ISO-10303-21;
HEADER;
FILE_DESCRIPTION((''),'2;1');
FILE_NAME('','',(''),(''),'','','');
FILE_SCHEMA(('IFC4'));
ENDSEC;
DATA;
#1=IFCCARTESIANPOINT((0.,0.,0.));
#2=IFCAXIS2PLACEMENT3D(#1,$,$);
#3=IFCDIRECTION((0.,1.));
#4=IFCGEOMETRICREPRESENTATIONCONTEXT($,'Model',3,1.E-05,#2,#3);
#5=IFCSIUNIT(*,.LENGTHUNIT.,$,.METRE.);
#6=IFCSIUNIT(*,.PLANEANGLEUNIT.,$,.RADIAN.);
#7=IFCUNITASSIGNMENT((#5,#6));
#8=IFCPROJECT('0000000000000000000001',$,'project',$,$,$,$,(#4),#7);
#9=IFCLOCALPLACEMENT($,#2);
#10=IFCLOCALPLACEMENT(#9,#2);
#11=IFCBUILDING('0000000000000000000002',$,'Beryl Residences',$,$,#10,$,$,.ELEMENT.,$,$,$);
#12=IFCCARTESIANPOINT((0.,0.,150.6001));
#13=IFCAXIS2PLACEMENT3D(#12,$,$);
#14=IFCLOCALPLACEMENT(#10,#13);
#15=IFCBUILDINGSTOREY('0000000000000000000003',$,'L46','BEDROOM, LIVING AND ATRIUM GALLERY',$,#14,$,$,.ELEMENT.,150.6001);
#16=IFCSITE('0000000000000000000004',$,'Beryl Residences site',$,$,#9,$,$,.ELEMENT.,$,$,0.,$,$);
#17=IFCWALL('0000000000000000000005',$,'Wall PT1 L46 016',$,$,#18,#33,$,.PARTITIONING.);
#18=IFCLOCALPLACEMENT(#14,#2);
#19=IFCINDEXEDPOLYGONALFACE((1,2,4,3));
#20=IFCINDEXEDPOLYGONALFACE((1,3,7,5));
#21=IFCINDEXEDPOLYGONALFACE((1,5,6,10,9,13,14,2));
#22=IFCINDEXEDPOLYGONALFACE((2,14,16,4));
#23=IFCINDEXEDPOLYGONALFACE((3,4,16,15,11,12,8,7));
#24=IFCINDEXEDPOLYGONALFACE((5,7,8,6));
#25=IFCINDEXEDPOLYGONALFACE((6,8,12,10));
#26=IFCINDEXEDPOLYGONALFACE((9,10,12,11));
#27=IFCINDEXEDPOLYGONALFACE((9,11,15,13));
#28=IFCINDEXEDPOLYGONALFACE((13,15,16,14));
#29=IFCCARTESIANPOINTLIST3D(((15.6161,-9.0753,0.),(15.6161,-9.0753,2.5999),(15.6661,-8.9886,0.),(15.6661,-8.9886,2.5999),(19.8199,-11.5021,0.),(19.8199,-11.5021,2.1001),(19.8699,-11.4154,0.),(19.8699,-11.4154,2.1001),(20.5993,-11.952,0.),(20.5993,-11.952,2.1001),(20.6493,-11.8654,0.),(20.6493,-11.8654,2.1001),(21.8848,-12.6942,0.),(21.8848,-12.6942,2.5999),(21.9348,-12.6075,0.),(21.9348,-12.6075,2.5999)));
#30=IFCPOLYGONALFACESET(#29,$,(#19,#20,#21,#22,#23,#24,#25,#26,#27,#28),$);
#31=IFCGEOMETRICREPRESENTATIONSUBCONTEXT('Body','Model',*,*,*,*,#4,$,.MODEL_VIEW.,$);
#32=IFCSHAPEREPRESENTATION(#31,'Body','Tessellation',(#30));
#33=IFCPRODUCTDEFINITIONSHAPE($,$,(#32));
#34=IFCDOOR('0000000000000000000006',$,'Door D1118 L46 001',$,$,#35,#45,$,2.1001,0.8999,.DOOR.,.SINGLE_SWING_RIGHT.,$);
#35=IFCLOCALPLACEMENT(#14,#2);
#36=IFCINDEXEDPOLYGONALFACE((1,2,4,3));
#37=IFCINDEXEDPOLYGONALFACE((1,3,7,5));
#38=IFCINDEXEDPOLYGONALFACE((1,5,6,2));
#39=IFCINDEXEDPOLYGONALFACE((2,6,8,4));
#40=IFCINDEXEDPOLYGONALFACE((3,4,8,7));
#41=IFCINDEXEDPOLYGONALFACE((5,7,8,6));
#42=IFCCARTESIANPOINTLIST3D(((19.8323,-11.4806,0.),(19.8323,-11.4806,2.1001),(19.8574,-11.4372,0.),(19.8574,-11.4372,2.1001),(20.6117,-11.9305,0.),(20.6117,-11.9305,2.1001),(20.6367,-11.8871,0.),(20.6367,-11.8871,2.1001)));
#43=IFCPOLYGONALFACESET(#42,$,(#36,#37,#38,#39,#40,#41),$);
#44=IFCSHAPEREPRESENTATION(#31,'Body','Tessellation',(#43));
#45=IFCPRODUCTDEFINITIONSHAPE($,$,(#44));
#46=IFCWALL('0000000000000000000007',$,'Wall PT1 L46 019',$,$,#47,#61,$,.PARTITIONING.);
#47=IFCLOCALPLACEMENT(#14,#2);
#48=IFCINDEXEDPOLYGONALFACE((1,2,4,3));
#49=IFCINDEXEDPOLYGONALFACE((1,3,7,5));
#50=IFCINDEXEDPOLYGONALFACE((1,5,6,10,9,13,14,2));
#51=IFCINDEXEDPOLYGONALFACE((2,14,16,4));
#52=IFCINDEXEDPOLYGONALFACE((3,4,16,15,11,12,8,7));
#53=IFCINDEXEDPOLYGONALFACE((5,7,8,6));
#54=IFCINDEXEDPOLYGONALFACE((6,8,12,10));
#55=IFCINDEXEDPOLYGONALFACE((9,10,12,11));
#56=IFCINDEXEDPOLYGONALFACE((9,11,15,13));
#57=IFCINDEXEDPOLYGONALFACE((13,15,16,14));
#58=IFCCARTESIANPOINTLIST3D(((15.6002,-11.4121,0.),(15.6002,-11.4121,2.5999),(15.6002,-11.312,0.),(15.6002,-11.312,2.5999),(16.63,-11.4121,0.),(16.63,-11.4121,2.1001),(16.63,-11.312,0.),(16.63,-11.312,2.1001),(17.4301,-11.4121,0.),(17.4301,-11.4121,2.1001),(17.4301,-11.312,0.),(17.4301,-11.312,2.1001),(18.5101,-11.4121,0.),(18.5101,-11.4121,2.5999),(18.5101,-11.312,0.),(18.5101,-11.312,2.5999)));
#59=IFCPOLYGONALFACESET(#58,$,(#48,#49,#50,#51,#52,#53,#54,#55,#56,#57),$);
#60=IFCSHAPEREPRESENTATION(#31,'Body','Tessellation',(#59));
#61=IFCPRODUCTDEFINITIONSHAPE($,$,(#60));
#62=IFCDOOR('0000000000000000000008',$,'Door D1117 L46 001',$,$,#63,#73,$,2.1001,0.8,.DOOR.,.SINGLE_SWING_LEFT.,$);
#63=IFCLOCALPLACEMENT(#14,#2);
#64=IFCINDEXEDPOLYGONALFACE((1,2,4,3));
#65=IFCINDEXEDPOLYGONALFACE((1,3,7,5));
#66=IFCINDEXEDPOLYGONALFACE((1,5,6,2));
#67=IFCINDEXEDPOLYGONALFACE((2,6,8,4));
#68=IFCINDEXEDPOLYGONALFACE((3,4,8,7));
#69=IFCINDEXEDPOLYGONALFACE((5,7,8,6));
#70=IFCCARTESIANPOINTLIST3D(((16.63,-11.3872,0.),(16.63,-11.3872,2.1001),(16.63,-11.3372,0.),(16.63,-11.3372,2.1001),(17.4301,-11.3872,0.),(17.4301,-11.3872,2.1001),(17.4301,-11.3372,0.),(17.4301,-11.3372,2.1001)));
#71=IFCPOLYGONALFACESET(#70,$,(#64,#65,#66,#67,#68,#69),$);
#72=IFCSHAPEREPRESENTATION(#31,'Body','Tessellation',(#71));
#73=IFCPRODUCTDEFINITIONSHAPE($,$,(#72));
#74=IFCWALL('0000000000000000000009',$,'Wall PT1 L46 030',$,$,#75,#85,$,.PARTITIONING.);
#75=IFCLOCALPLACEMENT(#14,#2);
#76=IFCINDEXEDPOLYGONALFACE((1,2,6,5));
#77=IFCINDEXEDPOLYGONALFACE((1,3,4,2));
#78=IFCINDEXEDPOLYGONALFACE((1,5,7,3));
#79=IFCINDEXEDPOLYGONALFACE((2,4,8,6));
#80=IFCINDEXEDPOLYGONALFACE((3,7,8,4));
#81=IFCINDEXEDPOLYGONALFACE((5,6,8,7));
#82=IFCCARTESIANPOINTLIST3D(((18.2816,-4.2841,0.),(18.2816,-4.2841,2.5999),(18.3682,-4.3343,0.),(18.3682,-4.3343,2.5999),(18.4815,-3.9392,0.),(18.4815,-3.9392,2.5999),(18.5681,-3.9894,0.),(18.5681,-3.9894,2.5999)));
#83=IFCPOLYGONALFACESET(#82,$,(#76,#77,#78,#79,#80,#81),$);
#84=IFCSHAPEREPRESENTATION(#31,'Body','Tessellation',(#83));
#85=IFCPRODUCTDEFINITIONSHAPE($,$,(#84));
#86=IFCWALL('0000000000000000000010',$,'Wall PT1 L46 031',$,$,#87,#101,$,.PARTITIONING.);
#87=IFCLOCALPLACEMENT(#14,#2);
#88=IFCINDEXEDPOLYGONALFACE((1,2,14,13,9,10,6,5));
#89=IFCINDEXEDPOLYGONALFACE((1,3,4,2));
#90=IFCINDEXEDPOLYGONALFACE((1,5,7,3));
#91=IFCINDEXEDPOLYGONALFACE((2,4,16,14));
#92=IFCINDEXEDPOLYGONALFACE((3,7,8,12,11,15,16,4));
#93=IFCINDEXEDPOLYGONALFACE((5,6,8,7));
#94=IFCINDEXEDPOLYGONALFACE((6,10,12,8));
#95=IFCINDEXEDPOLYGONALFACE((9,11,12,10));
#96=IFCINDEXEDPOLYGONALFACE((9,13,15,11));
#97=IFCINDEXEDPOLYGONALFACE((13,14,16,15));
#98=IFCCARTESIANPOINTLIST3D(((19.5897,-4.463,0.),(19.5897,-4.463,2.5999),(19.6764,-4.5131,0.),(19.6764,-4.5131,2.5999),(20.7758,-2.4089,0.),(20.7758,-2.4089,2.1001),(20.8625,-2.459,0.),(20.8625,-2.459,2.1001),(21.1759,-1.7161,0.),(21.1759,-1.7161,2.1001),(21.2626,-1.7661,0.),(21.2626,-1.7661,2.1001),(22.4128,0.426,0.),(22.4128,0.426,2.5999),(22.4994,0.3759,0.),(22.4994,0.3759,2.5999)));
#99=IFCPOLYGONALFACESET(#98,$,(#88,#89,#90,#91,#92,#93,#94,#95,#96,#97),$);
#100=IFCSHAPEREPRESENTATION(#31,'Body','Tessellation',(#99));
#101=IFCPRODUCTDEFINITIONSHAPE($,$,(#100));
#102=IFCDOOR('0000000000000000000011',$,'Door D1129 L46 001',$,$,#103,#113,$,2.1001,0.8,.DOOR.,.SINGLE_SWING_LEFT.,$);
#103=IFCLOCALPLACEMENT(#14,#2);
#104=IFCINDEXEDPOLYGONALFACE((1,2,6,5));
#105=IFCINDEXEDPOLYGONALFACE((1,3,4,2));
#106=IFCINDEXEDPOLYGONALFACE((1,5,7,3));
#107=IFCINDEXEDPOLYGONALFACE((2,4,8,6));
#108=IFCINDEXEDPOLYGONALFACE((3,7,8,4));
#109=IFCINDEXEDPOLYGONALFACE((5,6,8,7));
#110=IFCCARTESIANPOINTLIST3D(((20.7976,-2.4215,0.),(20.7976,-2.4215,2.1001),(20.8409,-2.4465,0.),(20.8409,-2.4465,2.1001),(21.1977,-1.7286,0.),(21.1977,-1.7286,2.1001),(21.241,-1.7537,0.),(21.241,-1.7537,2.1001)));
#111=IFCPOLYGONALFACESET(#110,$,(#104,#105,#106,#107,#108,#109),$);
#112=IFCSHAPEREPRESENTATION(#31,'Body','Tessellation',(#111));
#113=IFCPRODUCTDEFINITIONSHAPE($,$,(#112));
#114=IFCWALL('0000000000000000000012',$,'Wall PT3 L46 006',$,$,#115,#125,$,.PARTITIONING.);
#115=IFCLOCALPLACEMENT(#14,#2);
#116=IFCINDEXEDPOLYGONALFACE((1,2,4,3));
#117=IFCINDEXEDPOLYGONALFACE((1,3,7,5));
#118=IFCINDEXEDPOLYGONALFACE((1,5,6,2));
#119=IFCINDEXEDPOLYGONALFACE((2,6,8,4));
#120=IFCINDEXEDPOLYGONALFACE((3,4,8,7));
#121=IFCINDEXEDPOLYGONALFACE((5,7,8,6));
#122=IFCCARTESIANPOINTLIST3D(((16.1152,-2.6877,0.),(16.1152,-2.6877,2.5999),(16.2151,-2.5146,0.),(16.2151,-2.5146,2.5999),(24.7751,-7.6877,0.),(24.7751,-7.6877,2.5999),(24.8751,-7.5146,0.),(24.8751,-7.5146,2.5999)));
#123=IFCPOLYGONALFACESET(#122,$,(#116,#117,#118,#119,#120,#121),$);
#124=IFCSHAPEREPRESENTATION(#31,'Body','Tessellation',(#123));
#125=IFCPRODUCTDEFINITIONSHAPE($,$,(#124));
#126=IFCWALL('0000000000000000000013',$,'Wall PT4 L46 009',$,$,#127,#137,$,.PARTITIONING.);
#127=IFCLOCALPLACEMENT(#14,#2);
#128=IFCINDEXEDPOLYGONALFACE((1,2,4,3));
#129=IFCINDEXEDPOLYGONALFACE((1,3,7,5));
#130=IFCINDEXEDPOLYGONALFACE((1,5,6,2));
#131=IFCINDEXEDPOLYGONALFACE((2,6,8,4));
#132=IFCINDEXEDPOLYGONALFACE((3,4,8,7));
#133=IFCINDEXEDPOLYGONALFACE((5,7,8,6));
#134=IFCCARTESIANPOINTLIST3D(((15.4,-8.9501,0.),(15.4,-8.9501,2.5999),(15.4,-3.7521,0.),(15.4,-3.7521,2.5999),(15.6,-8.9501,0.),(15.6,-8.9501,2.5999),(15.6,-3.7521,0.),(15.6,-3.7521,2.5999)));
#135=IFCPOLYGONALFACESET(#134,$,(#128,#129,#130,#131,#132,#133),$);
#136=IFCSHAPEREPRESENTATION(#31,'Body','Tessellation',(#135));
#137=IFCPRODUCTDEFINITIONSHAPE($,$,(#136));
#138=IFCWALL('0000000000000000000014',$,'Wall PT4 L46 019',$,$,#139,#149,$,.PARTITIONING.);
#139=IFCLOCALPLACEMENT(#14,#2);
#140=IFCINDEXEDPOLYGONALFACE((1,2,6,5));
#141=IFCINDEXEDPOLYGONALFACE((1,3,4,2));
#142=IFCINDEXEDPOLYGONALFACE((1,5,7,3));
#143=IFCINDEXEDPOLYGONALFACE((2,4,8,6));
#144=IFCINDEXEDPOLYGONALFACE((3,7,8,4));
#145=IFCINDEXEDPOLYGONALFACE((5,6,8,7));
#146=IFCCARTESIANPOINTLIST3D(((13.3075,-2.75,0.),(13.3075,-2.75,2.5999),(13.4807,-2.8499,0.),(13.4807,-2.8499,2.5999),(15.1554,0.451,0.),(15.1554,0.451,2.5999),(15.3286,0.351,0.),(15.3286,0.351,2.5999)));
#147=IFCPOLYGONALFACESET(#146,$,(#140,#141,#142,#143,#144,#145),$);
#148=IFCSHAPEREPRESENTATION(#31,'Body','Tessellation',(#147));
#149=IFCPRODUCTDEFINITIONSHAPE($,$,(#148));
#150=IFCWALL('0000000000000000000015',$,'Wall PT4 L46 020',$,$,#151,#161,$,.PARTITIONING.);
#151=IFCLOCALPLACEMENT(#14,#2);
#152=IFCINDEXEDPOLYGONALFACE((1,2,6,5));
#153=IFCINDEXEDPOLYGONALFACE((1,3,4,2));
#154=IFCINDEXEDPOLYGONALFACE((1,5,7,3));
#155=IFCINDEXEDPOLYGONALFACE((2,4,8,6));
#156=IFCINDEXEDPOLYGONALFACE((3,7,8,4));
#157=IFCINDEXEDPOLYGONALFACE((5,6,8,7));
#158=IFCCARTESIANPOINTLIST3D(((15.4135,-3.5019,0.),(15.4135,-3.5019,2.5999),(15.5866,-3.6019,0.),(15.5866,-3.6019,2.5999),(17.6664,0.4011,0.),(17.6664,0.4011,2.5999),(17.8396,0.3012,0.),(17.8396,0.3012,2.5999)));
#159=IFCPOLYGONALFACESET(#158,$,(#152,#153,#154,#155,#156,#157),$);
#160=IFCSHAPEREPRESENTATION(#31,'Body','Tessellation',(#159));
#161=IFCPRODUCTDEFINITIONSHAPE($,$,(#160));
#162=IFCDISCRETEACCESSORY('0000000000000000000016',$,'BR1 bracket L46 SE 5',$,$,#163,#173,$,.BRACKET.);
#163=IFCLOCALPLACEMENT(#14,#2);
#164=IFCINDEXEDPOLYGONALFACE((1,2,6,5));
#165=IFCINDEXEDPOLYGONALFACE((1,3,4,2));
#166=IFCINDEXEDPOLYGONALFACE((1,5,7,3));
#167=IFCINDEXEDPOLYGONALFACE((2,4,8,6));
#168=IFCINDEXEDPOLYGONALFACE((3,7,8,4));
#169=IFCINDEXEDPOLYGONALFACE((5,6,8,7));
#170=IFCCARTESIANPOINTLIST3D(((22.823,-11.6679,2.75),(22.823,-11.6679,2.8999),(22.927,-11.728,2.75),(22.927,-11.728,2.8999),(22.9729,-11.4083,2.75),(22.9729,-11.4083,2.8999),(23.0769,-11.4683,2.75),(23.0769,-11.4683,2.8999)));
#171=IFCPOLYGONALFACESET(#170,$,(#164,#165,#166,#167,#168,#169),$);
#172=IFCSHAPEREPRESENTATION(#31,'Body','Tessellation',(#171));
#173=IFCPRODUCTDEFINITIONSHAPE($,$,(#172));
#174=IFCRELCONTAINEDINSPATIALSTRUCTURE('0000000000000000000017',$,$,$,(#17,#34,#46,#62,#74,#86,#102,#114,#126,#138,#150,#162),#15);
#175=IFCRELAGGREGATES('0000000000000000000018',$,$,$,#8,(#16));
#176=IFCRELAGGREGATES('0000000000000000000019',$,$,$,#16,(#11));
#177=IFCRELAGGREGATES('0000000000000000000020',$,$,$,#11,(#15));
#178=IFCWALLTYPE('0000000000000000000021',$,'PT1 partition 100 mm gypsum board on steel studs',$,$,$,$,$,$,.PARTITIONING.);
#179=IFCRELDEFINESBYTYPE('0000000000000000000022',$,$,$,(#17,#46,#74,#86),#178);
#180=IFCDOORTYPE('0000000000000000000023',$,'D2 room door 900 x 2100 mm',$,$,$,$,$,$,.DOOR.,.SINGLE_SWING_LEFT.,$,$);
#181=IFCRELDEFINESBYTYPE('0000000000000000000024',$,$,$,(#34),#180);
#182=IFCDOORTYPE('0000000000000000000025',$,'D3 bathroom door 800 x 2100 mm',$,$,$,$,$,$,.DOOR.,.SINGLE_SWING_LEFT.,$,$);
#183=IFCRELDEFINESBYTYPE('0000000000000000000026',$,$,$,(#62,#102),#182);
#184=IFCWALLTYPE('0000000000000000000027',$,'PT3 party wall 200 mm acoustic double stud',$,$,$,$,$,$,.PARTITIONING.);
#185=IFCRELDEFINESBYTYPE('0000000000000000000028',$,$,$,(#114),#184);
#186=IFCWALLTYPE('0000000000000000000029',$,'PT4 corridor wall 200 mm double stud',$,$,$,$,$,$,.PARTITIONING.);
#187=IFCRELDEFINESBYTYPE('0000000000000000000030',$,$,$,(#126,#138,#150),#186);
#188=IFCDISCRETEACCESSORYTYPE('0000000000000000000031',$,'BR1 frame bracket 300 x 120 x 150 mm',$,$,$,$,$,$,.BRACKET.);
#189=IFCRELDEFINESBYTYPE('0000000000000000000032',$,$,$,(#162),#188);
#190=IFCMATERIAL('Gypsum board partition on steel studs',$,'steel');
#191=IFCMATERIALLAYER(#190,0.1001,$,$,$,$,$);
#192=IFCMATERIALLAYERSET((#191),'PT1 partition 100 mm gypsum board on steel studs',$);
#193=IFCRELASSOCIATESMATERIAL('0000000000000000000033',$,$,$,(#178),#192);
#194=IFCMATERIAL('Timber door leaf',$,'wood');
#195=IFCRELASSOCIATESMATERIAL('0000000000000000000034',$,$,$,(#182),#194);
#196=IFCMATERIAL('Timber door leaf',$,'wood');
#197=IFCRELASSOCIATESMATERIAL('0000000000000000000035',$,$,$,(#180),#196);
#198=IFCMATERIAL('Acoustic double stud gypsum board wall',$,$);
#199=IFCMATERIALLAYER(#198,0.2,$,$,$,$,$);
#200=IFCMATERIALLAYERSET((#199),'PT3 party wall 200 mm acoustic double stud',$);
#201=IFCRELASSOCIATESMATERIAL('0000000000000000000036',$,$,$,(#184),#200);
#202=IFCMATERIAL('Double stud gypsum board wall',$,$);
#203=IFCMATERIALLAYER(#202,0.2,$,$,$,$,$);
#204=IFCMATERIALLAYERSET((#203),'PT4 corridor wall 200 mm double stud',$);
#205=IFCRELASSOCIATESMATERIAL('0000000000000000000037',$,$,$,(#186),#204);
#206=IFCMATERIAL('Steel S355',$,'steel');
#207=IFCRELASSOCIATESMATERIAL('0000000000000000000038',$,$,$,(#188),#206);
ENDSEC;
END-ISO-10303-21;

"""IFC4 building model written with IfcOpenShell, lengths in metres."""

from ifc_helpers import new_model, si_unit, direction, frame, frame_2d, origin, place, context, subcontext, project, spatial, polyline, rectangle, outline, extrude, source, transform, mapped, material, layer, layer_set, type_object, type_shapes, element, fill, save


model = new_model("IFC4")

# Units and contexts
model_context = context("Model", 3, precision=1e-05, world=origin(), true_north=direction((0.0, 1.0)))
body_context = subcontext(model_context, "Body", "Model", "MODEL_VIEW")
ifc_project = project(units=[si_unit("LENGTHUNIT", "METRE"), si_unit("PLANEANGLEUNIT", "RADIAN")], contexts=[model_context])

# Site, building, storey
site_placement = place(None, origin())
site = spatial("IfcSite", under=ifc_project, at=site_placement, Name="Beryl Residences site", CompositionType="ELEMENT", RefElevation=0.0)
building_placement = place(site_placement, origin())
building = spatial("IfcBuilding", under=site, at=building_placement, Name="Beryl Residences", CompositionType="ELEMENT")
storey_placement = place(building_placement, frame((0.0, 0.0, 150.6001)))
storey = spatial("IfcBuildingStorey", under=building, at=storey_placement, Name="L46", Description="BEDROOM, LIVING AND ATRIUM GALLERY", CompositionType="ELEMENT", Elevation=150.6001)

# Walls, openings, doors
ifc_material_1 = material(Name="Gypsum board partition on steel studs", Category="steel")
ifc_layer_1 = layer(ifc_material_1, 0.1001)
ifc_layer_set_1 = layer_set([ifc_layer_1], Name="PT1 partition 100 mm gypsum board on steel studs")
wall_type_1 = type_object("IfcWallType", Name="PT1 partition 100 mm gypsum board on steel studs", PredefinedType="PARTITIONING", material=ifc_layer_set_1)
ifc_material_2 = material(Name="Timber door leaf", Category="wood")
door_type_1 = type_object("IfcDoorType", Name="D3 bathroom door 800 x 2100 mm", OperationType="SINGLE_SWING_LEFT", PredefinedType="DOOR", material=ifc_material_2)
wall_1_placement = place(storey_placement, frame((15.6411, -9.032, 0.0), z_axis=(0.0, 0.0, 1.0), x_axis=(0.866049, -0.499959, 0.0)))
wall_1 = element("IfcWall", 1, at=wall_1_placement, inside=storey, type_object=wall_type_1, Name="Wall PT1 L46 016", PredefinedType="PARTITIONING", context=body_context, shape_type="SweptSolid", body=[
    extrude(rectangle(XDim=7.2383, YDim=0.1001, at=frame_2d((3.6191, 0.0))), origin(), (0.0, 0.0, 1.0), 2.5999),
])
opening_1_placement = place(wall_1_placement, frame((4.854, 0.0, 0.0)))
opening_1 = element("IfcOpeningElement", 2, at=opening_1_placement, cuts=wall_1, PredefinedType="OPENING", context=body_context, shape_type="SweptSolid", body=[
    extrude(rectangle(XDim=0.8999, YDim=2.1001, at=frame_2d((0.45, 1.05))), frame((0.0, 0.0601, 0.0), z_axis=(0.0, -1.0, 0.0), x_axis=(1.0, 0.0, 0.0)), (0.0, 0.0, 1.0), 0.1201),
])
ifc_material_3 = material(Name="Timber door leaf", Category="wood")
door_type_2 = type_object("IfcDoorType", Name="D2 room door 900 x 2100 mm", OperationType="SINGLE_SWING_LEFT", PredefinedType="DOOR", material=ifc_material_3)
door_1_placement = place(opening_1_placement, origin())
door_1 = element("IfcDoor", 3, at=door_1_placement, inside=storey, type_object=door_type_2, Name="Door D1118 L46 001", OperationType="SINGLE_SWING_RIGHT", OverallHeight=2.1001, OverallWidth=0.8999, PredefinedType="DOOR", context=body_context, shape_type="SweptSolid", body=[
    extrude(rectangle(XDim=0.8999, YDim=2.1001, at=frame_2d((0.45, 1.05))), frame((0.0, 0.0249, 0.0), z_axis=(0.0, -1.0, 0.0), x_axis=(1.0, 0.0, 0.0)), (0.0, 0.0, 1.0), 0.05),
])
fill(opening_1, door_1)
wall_2_placement = place(storey_placement, frame((15.6001, -11.3621, 0.0), z_axis=(0.0, 0.0, 1.0), x_axis=(1.0, 0.0, 0.0)))
wall_2 = element("IfcWall", 4, at=wall_2_placement, inside=storey, type_object=wall_type_1, Name="Wall PT1 L46 019", PredefinedType="PARTITIONING", context=body_context, shape_type="SweptSolid", body=[
    extrude(rectangle(XDim=2.9099, YDim=0.1001, at=frame_2d((1.4551, 0.0))), origin(), (0.0, 0.0, 1.0), 2.5999),
])
opening_2_placement = place(wall_2_placement, frame((1.03, 0.0, 0.0)))
opening_2 = element("IfcOpeningElement", 5, at=opening_2_placement, cuts=wall_2, PredefinedType="OPENING", context=body_context, shape_type="SweptSolid", body=[
    extrude(rectangle(XDim=0.8, YDim=2.1001, at=frame_2d((0.3999, 1.05))), frame((0.0, 0.0601, 0.0), z_axis=(0.0, -1.0, 0.0), x_axis=(1.0, 0.0, 0.0)), (0.0, 0.0, 1.0), 0.1201),
])
door_2_placement = place(opening_2_placement, origin())
door_2 = element("IfcDoor", 6, at=door_2_placement, inside=storey, type_object=door_type_1, Name="Door D1117 L46 001", OperationType="SINGLE_SWING_LEFT", OverallHeight=2.1001, OverallWidth=0.8, PredefinedType="DOOR", context=body_context, shape_type="SweptSolid", body=[
    extrude(rectangle(XDim=0.8, YDim=2.1001, at=frame_2d((0.3999, 1.05))), frame((0.0, 0.0249, 0.0), z_axis=(0.0, -1.0, 0.0), x_axis=(1.0, 0.0, 0.0)), (0.0, 0.0, 1.0), 0.05),
])
fill(opening_2, door_2)

# Wall
wall_3_placement = place(storey_placement, frame((18.325, -4.3091, 0.0), z_axis=(0.0, 0.0, 1.0), x_axis=(0.501471, 0.865175, 0.0)))
element("IfcWall", 7, at=wall_3_placement, inside=storey, type_object=wall_type_1, Name="Wall PT1 L46 030", PredefinedType="PARTITIONING", context=body_context, shape_type="SweptSolid", body=[
    extrude(rectangle(XDim=0.3987, YDim=0.1001, at=frame_2d((0.1992, 0.0))), origin(), (0.0, 0.0, 1.0), 2.5999),
])

# Wall, opening, door
wall_4_placement = place(storey_placement, frame((19.6331, -4.488, 0.0), z_axis=(0.0, 0.0, 1.0), x_axis=(0.500051, 0.865996, 0.0)))
wall_4 = element("IfcWall", 8, at=wall_4_placement, inside=storey, type_object=wall_type_1, Name="Wall PT1 L46 031", PredefinedType="PARTITIONING", context=body_context, shape_type="SweptSolid", body=[
    extrude(rectangle(XDim=5.6455, YDim=0.1001, at=frame_2d((2.8228, 0.0))), origin(), (0.0, 0.0, 1.0), 2.5999),
])
opening_3_placement = place(wall_4_placement, frame((2.3721, 0.0, 0.0)))
opening_3 = element("IfcOpeningElement", 9, at=opening_3_placement, cuts=wall_4, PredefinedType="OPENING", context=body_context, shape_type="SweptSolid", body=[
    extrude(rectangle(XDim=0.8, YDim=2.1001, at=frame_2d((0.3999, 1.05))), frame((0.0, 0.0601, 0.0), z_axis=(0.0, -1.0, 0.0), x_axis=(1.0, 0.0, 0.0)), (0.0, 0.0, 1.0), 0.1201),
])
door_3_placement = place(opening_3_placement, origin())
door_3 = element("IfcDoor", 10, at=door_3_placement, inside=storey, type_object=door_type_1, Name="Door D1129 L46 001", OperationType="SINGLE_SWING_LEFT", OverallHeight=2.1001, OverallWidth=0.8, PredefinedType="DOOR", context=body_context, shape_type="SweptSolid", body=[
    extrude(rectangle(XDim=0.8, YDim=2.1001, at=frame_2d((0.3999, 1.05))), frame((0.0, 0.0249, 0.0), z_axis=(0.0, -1.0, 0.0), x_axis=(1.0, 0.0, 0.0)), (0.0, 0.0, 1.0), 0.05),
])
fill(opening_3, door_3)

# Walls
ifc_material_4 = material(Name="Acoustic double stud gypsum board wall")
ifc_layer_2 = layer(ifc_material_4, 0.2)
ifc_layer_set_2 = layer_set([ifc_layer_2], Name="PT3 party wall 200 mm acoustic double stud")
wall_type_2 = type_object("IfcWallType", Name="PT3 party wall 200 mm acoustic double stud", PredefinedType="PARTITIONING", material=ifc_layer_set_2)
wall_5_placement = place(storey_placement, frame((16.165, -2.6011, 0.0), z_axis=(0.0, 0.0, 1.0), x_axis=(0.866017, -0.500015, 0.0)))
element("IfcWall", 11, at=wall_5_placement, inside=storey, type_object=wall_type_2, Name="Wall PT3 L46 006", PredefinedType="PARTITIONING", context=body_context, shape_type="SweptSolid", body=[
    extrude(rectangle(XDim=9.9998, YDim=0.2, at=frame_2d((5.0, 0.0))), origin(), (0.0, 0.0, 1.0), 2.5999),
])
ifc_material_5 = material(Name="Double stud gypsum board wall")
ifc_layer_3 = layer(ifc_material_5, 0.2)
ifc_layer_set_3 = layer_set([ifc_layer_3], Name="PT4 corridor wall 200 mm double stud")
wall_type_3 = type_object("IfcWallType", Name="PT4 corridor wall 200 mm double stud", PredefinedType="PARTITIONING", material=ifc_layer_set_3)
wall_6_placement = place(storey_placement, frame((15.5, -3.752, 0.0), z_axis=(0.0, 0.0, 1.0), x_axis=(0.0, -1.0, 0.0)))
element("IfcWall", 12, at=wall_6_placement, inside=storey, type_object=wall_type_3, Name="Wall PT4 L46 009", PredefinedType="PARTITIONING", context=body_context, shape_type="SweptSolid", body=[
    extrude(rectangle(XDim=5.198, YDim=0.2, at=frame_2d((2.5991, 0.0))), origin(), (0.0, 0.0, 1.0), 2.5999),
])
wall_7_placement = place(storey_placement, frame((13.394, -2.8, 0.0), z_axis=(0.0, 0.0, 1.0), x_axis=(0.499968, 0.866044, 0.0)))
element("IfcWall", 13, at=wall_7_placement, inside=storey, type_object=wall_type_3, Name="Wall PT4 L46 019", PredefinedType="PARTITIONING", context=body_context, shape_type="SweptSolid", body=[
    extrude(rectangle(XDim=3.696, YDim=0.2, at=frame_2d((1.8481, 0.0))), origin(), (0.0, 0.0, 1.0), 2.5999),
])
wall_8_placement = place(storey_placement, frame((15.5, -3.552, 0.0), z_axis=(0.0, 0.0, 1.0), x_axis=(0.499915, 0.866075, 0.0)))
element("IfcWall", 14, at=wall_8_placement, inside=storey, type_object=wall_type_3, Name="Wall PT4 L46 020", PredefinedType="PARTITIONING", context=body_context, shape_type="SweptSolid", body=[
    extrude(rectangle(XDim=4.5066, YDim=0.2, at=frame_2d((2.2534, 0.0))), origin(), (0.0, 0.0, 1.0), 2.5999),
])

# Discrete accessory
ifc_material_6 = material(Name="Steel S355", Category="steel")
discrete_accessory_type = type_object("IfcDiscreteAccessoryType", Name="BR1 frame bracket 300 x 120 x 150 mm", PredefinedType="BRACKET", material=ifc_material_6)
shared_shape_1 = source(origin(), body_context, "Body", "SweptSolid", [
    extrude(outline(polyline([(-0.1499, 0.0), (0.1499, 0.0), (0.1499, 0.1201), (-0.1499, 0.1201), (-0.1499, 0.0)])), origin(), (0.0, 0.0, 1.0), 0.1499),
])
type_shapes(discrete_accessory_type, [shared_shape_1])
discrete_accessory_placement = place(storey_placement, frame((22.8979, -11.5381, 2.75), z_axis=(0.0, 0.0, 1.0), x_axis=(-0.5, -0.866025, 0.0)))
element("IfcDiscreteAccessory", 15, at=discrete_accessory_placement, inside=storey, type_object=discrete_accessory_type, Name="BR1 bracket L46 SE 5", PredefinedType="BRACKET", context=body_context, shape_type="MappedRepresentation", body=[
    mapped(shared_shape_1, transform((0.0, 0.0, 0.0))),
])

save(model, "model.ifc")
